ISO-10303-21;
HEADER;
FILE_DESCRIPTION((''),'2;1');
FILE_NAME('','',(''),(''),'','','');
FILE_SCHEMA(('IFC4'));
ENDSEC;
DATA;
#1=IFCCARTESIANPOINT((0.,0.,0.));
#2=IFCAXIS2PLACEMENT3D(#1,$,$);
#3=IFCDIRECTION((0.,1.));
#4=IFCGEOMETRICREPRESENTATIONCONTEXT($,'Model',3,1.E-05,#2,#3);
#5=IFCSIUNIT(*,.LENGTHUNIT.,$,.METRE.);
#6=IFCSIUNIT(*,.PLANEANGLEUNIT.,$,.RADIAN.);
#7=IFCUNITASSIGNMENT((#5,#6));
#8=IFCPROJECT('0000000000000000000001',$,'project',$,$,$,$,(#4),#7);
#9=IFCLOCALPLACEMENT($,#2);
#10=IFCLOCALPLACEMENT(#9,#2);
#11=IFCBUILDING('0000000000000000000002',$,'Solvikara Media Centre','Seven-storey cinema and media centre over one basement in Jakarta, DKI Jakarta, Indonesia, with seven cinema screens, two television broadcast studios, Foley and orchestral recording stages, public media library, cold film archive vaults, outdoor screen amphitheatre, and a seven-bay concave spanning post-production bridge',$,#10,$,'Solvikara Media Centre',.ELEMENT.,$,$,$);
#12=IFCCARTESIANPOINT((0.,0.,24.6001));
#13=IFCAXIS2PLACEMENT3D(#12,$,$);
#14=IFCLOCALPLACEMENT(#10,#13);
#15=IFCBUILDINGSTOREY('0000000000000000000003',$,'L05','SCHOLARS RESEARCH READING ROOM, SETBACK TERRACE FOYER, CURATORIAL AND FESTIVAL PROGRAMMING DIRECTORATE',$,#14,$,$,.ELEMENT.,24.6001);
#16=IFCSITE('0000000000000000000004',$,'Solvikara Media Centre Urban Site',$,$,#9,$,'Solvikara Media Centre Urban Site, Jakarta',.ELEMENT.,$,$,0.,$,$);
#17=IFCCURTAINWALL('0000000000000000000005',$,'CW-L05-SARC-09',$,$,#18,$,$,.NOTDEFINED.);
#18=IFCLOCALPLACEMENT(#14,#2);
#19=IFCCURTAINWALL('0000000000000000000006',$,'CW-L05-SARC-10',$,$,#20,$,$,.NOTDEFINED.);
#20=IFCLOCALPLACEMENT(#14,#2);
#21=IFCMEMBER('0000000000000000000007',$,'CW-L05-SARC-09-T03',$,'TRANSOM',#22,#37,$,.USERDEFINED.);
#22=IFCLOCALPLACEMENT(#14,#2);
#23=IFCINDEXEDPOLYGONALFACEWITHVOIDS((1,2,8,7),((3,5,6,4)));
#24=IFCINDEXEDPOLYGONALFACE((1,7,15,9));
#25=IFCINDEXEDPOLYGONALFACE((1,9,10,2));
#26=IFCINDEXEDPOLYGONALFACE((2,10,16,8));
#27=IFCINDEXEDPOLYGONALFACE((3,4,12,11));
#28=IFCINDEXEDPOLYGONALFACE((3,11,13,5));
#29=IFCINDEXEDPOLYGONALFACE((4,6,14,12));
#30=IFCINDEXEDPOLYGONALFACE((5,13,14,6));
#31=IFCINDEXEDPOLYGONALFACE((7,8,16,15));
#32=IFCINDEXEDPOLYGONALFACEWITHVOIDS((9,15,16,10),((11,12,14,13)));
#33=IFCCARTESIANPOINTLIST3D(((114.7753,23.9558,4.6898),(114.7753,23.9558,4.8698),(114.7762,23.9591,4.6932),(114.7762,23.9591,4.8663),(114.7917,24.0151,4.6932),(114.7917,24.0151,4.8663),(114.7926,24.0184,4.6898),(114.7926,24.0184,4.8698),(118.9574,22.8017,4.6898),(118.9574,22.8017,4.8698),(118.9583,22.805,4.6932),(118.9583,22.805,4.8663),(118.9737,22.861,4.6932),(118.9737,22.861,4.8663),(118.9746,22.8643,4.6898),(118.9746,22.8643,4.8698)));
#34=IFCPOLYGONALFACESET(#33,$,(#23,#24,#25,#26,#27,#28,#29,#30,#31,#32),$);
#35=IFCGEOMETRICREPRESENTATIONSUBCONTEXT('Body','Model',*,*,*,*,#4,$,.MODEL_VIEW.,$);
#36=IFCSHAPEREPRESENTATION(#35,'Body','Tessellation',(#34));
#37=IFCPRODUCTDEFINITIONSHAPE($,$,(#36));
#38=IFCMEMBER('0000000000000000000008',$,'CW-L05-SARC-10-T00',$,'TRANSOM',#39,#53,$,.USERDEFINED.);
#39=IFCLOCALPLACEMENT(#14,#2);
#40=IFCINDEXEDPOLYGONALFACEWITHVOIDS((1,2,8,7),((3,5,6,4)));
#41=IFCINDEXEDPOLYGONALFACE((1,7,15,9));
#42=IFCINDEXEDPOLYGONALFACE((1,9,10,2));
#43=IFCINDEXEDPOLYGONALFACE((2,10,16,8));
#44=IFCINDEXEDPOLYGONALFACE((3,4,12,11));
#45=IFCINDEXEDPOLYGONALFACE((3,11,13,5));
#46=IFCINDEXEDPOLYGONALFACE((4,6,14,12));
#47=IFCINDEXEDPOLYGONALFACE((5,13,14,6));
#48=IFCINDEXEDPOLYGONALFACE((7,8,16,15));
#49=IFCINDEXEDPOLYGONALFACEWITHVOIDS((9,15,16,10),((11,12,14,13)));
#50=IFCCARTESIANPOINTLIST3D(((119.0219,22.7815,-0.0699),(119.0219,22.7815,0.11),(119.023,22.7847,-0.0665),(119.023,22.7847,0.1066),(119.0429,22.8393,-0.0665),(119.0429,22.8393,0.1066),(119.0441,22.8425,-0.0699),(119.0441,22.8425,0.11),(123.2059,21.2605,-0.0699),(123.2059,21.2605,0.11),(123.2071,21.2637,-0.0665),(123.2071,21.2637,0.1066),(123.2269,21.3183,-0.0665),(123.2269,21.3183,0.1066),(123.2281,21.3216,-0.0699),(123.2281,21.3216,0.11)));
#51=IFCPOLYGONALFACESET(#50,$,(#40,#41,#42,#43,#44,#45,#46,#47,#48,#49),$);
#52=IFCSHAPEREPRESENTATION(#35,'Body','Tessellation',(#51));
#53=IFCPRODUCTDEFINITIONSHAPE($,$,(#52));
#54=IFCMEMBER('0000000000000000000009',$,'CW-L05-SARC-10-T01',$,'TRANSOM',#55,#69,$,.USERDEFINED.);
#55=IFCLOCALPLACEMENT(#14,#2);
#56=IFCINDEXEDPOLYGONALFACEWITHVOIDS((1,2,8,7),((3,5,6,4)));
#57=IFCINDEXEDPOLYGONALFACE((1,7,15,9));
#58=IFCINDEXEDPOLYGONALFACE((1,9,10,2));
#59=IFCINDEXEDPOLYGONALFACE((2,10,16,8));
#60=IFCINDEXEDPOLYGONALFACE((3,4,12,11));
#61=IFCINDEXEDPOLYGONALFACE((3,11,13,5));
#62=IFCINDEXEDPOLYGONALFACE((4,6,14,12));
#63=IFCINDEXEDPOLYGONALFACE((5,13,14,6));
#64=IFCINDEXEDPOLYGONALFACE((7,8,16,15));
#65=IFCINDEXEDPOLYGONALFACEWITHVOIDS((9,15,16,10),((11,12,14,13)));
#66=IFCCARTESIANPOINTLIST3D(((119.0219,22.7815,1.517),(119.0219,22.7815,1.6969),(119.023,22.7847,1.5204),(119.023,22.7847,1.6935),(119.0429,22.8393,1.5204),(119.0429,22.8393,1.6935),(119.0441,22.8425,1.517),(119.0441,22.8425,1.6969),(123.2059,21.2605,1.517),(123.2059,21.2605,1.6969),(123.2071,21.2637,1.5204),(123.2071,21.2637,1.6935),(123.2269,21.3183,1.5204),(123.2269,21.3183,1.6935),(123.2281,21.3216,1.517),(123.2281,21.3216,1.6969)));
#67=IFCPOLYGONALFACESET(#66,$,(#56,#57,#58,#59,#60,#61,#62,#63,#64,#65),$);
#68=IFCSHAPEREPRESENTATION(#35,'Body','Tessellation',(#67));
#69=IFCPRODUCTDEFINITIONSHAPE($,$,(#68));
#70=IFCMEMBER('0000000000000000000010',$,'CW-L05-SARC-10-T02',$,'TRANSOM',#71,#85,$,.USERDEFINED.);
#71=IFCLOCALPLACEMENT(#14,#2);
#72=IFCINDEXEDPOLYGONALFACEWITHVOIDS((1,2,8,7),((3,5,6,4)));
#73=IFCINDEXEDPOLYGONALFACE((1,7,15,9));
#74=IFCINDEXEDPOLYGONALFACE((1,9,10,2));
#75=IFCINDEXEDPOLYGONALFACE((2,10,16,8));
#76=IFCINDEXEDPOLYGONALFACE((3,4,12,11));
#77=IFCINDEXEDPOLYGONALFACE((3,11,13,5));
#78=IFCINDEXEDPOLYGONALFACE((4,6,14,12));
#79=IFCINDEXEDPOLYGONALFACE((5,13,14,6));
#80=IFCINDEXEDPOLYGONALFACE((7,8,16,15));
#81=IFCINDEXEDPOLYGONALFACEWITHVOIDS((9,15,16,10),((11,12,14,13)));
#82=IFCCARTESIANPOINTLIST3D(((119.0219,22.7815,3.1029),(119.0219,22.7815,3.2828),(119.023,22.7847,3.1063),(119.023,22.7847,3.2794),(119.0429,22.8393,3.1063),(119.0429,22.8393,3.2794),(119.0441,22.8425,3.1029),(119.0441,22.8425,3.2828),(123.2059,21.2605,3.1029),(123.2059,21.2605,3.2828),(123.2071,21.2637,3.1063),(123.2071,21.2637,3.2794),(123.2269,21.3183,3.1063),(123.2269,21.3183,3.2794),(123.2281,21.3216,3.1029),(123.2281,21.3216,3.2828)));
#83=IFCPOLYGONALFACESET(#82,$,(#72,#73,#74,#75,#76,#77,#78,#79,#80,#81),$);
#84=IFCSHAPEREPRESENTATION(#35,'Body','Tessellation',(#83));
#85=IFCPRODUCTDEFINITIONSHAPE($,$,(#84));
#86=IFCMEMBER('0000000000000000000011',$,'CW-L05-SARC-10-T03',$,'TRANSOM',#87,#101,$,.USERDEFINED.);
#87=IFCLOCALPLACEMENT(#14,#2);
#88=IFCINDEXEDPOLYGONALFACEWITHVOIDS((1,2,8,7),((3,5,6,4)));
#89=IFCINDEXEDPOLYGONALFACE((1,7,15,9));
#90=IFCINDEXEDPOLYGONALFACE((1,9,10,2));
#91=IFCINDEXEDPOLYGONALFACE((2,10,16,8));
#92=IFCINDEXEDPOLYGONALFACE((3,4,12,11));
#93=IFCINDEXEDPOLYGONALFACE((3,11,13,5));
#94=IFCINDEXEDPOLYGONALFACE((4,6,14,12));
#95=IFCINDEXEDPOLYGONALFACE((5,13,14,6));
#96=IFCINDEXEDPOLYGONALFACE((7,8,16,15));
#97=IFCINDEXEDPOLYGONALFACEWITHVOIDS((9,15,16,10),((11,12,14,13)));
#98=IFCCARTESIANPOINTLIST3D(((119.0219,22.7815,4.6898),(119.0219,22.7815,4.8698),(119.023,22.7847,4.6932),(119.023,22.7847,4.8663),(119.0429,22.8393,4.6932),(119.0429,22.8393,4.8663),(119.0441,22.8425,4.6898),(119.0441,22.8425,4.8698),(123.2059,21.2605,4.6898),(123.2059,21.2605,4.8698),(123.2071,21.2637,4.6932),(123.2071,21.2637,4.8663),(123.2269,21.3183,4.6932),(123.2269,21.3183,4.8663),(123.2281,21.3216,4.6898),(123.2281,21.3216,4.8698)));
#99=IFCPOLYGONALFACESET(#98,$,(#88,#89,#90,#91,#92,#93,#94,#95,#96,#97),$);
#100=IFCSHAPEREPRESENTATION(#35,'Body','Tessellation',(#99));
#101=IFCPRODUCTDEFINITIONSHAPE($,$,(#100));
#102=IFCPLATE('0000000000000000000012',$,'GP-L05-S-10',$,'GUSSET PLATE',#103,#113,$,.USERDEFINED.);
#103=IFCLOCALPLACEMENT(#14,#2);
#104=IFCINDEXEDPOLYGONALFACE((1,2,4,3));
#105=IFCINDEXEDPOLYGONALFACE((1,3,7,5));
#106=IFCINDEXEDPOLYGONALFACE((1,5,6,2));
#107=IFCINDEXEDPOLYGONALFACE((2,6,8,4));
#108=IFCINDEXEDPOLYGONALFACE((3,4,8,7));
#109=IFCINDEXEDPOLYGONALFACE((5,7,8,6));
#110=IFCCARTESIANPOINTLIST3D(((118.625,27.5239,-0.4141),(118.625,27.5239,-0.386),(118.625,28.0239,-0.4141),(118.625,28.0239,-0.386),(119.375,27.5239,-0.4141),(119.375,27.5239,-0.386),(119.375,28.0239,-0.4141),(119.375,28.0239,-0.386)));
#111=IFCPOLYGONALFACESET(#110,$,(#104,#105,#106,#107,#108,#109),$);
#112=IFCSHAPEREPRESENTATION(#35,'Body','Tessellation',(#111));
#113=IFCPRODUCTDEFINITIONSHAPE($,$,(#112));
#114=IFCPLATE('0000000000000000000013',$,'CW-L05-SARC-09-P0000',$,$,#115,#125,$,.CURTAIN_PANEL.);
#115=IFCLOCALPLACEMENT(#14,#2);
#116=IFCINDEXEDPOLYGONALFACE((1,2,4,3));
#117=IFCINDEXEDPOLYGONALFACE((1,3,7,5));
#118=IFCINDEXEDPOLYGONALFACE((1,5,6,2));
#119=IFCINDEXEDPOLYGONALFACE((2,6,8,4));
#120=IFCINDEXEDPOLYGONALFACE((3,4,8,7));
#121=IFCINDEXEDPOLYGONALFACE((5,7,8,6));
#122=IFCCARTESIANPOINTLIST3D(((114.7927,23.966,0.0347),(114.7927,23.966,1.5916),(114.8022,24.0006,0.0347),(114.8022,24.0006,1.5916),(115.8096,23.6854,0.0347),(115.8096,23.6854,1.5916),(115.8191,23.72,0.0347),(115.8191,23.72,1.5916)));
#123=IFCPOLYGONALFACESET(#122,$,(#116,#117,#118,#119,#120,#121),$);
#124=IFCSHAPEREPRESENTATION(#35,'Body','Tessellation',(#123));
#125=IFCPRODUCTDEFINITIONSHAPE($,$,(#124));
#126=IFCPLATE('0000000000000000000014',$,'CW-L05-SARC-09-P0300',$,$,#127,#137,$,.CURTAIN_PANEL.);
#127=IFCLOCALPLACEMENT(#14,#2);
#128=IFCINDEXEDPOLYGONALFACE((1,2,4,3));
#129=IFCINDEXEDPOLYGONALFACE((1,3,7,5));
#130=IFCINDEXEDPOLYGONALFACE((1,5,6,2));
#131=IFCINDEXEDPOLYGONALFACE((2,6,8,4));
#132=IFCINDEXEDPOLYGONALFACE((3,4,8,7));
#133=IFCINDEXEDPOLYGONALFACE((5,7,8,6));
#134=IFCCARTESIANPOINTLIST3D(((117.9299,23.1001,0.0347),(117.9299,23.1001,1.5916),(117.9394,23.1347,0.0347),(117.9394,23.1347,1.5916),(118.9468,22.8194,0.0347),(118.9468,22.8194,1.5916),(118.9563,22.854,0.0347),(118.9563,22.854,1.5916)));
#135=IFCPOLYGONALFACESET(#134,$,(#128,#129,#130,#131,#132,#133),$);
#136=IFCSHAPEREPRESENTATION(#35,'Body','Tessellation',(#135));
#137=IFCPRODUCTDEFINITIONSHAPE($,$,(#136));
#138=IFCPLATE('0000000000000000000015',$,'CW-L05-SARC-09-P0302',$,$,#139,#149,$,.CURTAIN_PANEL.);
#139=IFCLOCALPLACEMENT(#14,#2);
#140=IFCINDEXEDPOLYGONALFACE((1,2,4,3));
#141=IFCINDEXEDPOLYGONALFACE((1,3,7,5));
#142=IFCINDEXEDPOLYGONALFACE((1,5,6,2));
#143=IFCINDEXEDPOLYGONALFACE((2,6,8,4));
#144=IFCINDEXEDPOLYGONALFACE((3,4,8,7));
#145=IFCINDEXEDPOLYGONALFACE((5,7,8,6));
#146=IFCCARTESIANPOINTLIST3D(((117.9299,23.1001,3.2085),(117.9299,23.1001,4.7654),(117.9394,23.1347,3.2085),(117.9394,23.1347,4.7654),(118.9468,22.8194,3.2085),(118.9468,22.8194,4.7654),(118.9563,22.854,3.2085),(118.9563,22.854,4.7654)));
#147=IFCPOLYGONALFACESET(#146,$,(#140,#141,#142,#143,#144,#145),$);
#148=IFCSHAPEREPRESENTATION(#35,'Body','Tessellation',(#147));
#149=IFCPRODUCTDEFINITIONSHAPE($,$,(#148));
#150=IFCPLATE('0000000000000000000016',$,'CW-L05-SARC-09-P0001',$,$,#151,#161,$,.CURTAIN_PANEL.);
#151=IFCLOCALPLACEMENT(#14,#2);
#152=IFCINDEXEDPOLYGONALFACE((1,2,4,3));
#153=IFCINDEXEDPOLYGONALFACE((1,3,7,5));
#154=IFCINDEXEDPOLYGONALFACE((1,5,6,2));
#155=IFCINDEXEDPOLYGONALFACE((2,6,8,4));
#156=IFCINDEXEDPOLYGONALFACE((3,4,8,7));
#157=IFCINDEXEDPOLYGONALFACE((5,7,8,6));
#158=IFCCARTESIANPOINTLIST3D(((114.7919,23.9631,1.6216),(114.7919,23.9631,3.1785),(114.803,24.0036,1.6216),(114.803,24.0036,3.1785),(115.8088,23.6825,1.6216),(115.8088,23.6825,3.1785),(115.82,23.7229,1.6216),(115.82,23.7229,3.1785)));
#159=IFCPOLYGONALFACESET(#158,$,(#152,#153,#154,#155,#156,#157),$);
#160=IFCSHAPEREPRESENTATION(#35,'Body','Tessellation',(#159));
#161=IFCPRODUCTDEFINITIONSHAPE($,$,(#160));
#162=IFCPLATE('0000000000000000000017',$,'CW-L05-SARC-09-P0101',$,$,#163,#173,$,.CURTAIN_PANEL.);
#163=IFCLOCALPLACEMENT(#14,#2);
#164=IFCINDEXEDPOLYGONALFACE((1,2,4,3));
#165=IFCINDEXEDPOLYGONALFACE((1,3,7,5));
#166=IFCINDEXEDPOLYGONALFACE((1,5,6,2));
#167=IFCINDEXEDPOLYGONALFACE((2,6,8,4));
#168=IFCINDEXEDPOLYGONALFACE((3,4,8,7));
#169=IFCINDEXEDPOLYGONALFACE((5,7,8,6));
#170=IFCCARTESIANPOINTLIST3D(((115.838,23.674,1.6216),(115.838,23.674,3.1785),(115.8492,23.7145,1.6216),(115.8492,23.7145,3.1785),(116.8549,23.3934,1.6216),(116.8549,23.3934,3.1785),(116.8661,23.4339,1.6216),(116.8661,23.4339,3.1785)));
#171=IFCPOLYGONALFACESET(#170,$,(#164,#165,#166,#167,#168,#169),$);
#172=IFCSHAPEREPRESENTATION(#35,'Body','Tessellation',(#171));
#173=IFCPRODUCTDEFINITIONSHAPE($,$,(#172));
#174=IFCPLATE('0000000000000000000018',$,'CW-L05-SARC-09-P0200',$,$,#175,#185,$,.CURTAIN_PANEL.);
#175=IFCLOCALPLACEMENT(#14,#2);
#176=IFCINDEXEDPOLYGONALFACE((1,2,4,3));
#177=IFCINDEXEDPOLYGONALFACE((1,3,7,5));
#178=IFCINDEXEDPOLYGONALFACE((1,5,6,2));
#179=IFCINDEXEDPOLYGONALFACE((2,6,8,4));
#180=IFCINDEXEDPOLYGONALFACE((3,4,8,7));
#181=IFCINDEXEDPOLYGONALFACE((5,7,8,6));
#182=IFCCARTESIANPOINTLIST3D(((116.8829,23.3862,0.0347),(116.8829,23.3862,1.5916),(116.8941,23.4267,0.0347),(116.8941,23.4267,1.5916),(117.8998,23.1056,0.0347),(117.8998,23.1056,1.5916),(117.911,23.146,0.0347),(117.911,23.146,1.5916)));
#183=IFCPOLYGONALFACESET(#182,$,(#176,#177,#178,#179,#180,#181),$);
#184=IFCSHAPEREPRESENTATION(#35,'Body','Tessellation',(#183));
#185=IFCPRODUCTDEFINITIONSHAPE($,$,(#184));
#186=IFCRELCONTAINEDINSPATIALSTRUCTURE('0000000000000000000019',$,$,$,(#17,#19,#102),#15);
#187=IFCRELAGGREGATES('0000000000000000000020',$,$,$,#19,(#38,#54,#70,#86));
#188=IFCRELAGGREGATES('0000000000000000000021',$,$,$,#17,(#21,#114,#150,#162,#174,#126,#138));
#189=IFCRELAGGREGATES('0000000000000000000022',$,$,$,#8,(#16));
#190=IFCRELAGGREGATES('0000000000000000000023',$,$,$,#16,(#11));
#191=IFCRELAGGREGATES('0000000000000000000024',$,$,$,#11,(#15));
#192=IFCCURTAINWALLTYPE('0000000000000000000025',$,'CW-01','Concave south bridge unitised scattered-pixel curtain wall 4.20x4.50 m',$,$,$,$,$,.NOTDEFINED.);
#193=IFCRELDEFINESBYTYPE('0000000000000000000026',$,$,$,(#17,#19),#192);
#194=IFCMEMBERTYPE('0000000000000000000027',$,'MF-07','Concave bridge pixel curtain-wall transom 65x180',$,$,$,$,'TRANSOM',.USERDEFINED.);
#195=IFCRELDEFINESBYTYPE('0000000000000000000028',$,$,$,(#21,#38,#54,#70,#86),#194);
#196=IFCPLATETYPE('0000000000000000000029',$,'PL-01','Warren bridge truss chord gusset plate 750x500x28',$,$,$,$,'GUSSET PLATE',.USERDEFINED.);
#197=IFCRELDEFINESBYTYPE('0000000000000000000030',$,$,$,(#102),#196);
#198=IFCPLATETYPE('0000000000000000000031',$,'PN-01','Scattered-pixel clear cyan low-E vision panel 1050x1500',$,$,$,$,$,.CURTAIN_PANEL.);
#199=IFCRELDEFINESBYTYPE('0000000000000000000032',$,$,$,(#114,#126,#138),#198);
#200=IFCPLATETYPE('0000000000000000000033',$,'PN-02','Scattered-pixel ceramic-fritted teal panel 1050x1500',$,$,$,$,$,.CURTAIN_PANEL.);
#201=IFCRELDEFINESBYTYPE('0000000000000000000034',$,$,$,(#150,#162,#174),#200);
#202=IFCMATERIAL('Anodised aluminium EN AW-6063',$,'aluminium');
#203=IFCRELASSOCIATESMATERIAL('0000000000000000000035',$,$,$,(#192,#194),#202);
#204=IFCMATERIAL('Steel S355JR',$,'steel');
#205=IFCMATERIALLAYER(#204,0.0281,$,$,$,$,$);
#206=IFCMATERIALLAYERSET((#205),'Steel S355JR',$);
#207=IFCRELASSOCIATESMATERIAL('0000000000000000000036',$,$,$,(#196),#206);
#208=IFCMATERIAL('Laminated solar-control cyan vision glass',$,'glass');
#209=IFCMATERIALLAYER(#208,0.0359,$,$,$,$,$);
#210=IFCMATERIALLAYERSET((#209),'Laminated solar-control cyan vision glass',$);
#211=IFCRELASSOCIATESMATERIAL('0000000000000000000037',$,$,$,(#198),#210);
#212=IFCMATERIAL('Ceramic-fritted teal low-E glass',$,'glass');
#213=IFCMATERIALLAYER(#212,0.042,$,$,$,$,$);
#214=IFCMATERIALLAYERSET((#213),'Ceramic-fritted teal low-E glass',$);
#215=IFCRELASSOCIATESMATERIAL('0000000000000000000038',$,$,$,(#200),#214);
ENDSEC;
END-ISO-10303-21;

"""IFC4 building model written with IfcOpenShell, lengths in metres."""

from ifc_helpers import new_model, si_unit, direction, frame, origin, origin_2d, place, context, subcontext, project, spatial, rectangle, hollow_rectangle, extrude, material, layer, layer_set, material_profile, profile_set, type_object, element, aggregate, save


model = new_model("IFC4")

# Units and contexts
model_context = context("Model", 3, precision=1e-05, world=origin(), true_north=direction((0.0, 1.0)))
body_context = subcontext(model_context, "Body", "Model", "MODEL_VIEW")
ifc_project = project(units=[si_unit("LENGTHUNIT", "METRE"), si_unit("PLANEANGLEUNIT", "RADIAN")], contexts=[model_context])

# Site, building, storey
site_placement = place(None, origin())
site = spatial("IfcSite", under=ifc_project, at=site_placement, Name="Solvikara Media Centre Urban Site", LongName="Solvikara Media Centre Urban Site, Jakarta", CompositionType="ELEMENT", RefElevation=0.0)
building_placement = place(site_placement, origin())
building = spatial("IfcBuilding", under=site, at=building_placement, Name="Solvikara Media Centre", Description="Seven-storey cinema and media centre over one basement in Jakarta, DKI Jakarta, Indonesia, with seven cinema screens, two television broadcast studios, Foley and orchestral recording stages, public media library, cold film archive vaults, outdoor screen amphitheatre, and a seven-bay concave spanning post-production bridge", LongName="Solvikara Media Centre", CompositionType="ELEMENT")
storey_placement = place(building_placement, frame((0.0, 0.0, 24.6001)))
storey = spatial("IfcBuildingStorey", under=building, at=storey_placement, Name="L05", Description="SCHOLARS RESEARCH READING ROOM, SETBACK TERRACE FOYER, CURATORIAL AND FESTIVAL PROGRAMMING DIRECTORATE", CompositionType="ELEMENT", Elevation=24.6001)

# Shared definitions
ifc_material_1 = material(Name="Steel S355JR", Category="steel")

# Curtain wall
ifc_material_2 = material(Name="Anodised aluminium EN AW-6063", Category="aluminium")
curtain_wall_type = type_object("IfcCurtainWallType", Name="CW-01", Description="Concave south bridge unitised scattered-pixel curtain wall 4.20x4.50 m", PredefinedType="NOTDEFINED", material=ifc_material_2)
curtain_wall_1_placement = place(storey_placement, origin())
curtain_wall_1 = element("IfcCurtainWall", 1, at=curtain_wall_1_placement, inside=storey, type_object=curtain_wall_type, Name="CW-L05-SARC-09", PredefinedType="NOTDEFINED")

# Curtain wall
curtain_wall_2_placement = place(storey_placement, origin())
curtain_wall_2 = element("IfcCurtainWall", 2, at=curtain_wall_2_placement, inside=storey, type_object=curtain_wall_type, Name="CW-L05-SARC-10", PredefinedType="NOTDEFINED")

# Members
ifc_material_profile_1 = material_profile(ifc_material_2, hollow_rectangle(XDim=0.0649, YDim=0.1799, WallThickness=0.0034, at=origin_2d()), Name="ALU-T 65x180x3.5")
ifc_profile_set_1 = profile_set([ifc_material_profile_1], Name="Anodised aluminium EN AW-6063")
member_type_1 = type_object("IfcMemberType", Name="MF-07", Description="Concave bridge pixel curtain-wall transom 65x180", ElementType="TRANSOM", PredefinedType="USERDEFINED", material=ifc_profile_set_1)
member_1_placement = place(storey_placement, frame((114.7839, 23.9871, 4.7798), z_axis=(0.963971, -0.266007, 0.0), x_axis=(0.266007, 0.963971, 0.0)))
member_1 = element("IfcMember", 3, at=member_1_placement, type_object=member_type_1, Name="CW-L05-SARC-09-T03", ObjectType="TRANSOM", PredefinedType="USERDEFINED", context=body_context, shape_type="SweptSolid", body=[
    extrude(hollow_rectangle(XDim=0.0649, YDim=0.1799, WallThickness=0.0034, at=origin_2d()), origin(), (0.0, 0.0, 1.0), 4.3384),
])
member_2_placement = place(storey_placement, frame((119.033, 22.812, 0.02), z_axis=(0.939829, -0.341646, 0.0), x_axis=(0.341646, 0.939829, 0.0)))
member_2 = element("IfcMember", 4, at=member_2_placement, type_object=member_type_1, Name="CW-L05-SARC-10-T00", ObjectType="TRANSOM", PredefinedType="USERDEFINED", context=body_context, shape_type="SweptSolid", body=[
    extrude(hollow_rectangle(XDim=0.0649, YDim=0.1799, WallThickness=0.0034, at=origin_2d()), origin(), (0.0, 0.0, 1.0), 4.4519),
])
member_3_placement = place(storey_placement, frame((119.033, 22.812, 1.6069), z_axis=(0.939829, -0.341646, 0.0), x_axis=(0.341646, 0.939829, 0.0)))
member_3 = element("IfcMember", 5, at=member_3_placement, type_object=member_type_1, Name="CW-L05-SARC-10-T01", ObjectType="TRANSOM", PredefinedType="USERDEFINED", context=body_context, shape_type="SweptSolid", body=[
    extrude(hollow_rectangle(XDim=0.0649, YDim=0.1799, WallThickness=0.0034, at=origin_2d()), origin(), (0.0, 0.0, 1.0), 4.4519),
])
member_4_placement = place(storey_placement, frame((119.033, 22.812, 3.1929), z_axis=(0.939829, -0.341646, 0.0), x_axis=(0.341646, 0.939829, 0.0)))
member_4 = element("IfcMember", 6, at=member_4_placement, type_object=member_type_1, Name="CW-L05-SARC-10-T02", ObjectType="TRANSOM", PredefinedType="USERDEFINED", context=body_context, shape_type="SweptSolid", body=[
    extrude(hollow_rectangle(XDim=0.0649, YDim=0.1799, WallThickness=0.0034, at=origin_2d()), origin(), (0.0, 0.0, 1.0), 4.4519),
])
member_5_placement = place(storey_placement, frame((119.033, 22.812, 4.7798), z_axis=(0.939829, -0.341646, 0.0), x_axis=(0.341646, 0.939829, 0.0)))
member_5 = element("IfcMember", 7, at=member_5_placement, type_object=member_type_1, Name="CW-L05-SARC-10-T03", ObjectType="TRANSOM", PredefinedType="USERDEFINED", context=body_context, shape_type="SweptSolid", body=[
    extrude(hollow_rectangle(XDim=0.0649, YDim=0.1799, WallThickness=0.0034, at=origin_2d()), origin(), (0.0, 0.0, 1.0), 4.4519),
])
aggregate(curtain_wall_2, [member_2, member_3, member_4, member_5])

# Plates
ifc_layer_1 = layer(ifc_material_1, 0.0281)
ifc_layer_set_1 = layer_set([ifc_layer_1], Name="Steel S355JR")
plate_type_1 = type_object("IfcPlateType", Name="PL-01", Description="Warren bridge truss chord gusset plate 750x500x28", ElementType="GUSSET PLATE", PredefinedType="USERDEFINED", material=ifc_layer_set_1)
plate_1_placement = place(storey_placement, frame((119.0, 27.7739, -0.4141), z_axis=(0.0, 0.0, 1.0), x_axis=(1.0, 0.0, 0.0)))
element("IfcPlate", 8, at=plate_1_placement, inside=storey, type_object=plate_type_1, Name="GP-L05-S-10", ObjectType="GUSSET PLATE", PredefinedType="USERDEFINED", context=body_context, shape_type="SweptSolid", body=[
    extrude(rectangle(XDim=0.75, YDim=0.5, at=origin_2d()), origin(), (0.0, 0.0, 1.0), 0.0281),
])
ifc_material_3 = material(Name="Laminated solar-control cyan vision glass", Category="glass")
ifc_layer_2 = layer(ifc_material_3, 0.0359)
ifc_layer_set_2 = layer_set([ifc_layer_2], Name="Laminated solar-control cyan vision glass")
plate_type_2 = type_object("IfcPlateType", Name="PN-01", Description="Scattered-pixel clear cyan low-E vision panel 1050x1500", PredefinedType="CURTAIN_PANEL", material=ifc_layer_set_2)
plate_2_placement = place(storey_placement, frame((115.3059, 23.843, 0.0347), z_axis=(0.0, 0.0, 1.0), x_axis=(0.96397, -0.26601, 0.0)))
plate_2 = element("IfcPlate", 9, at=plate_2_placement, type_object=plate_type_2, Name="CW-L05-SARC-09-P0000", PredefinedType="CURTAIN_PANEL", context=body_context, shape_type="SweptSolid", body=[
    extrude(rectangle(XDim=1.0549, YDim=0.0359, at=origin_2d()), origin(), (0.0, 0.0, 1.0), 1.5569),
])
plate_3_placement = place(storey_placement, frame((118.4431, 22.9771, 0.0347), z_axis=(0.0, 0.0, 1.0), x_axis=(0.96397, -0.26601, 0.0)))
plate_3 = element("IfcPlate", 10, at=plate_3_placement, type_object=plate_type_2, Name="CW-L05-SARC-09-P0300", PredefinedType="CURTAIN_PANEL", context=body_context, shape_type="SweptSolid", body=[
    extrude(rectangle(XDim=1.0549, YDim=0.0359, at=origin_2d()), origin(), (0.0, 0.0, 1.0), 1.5569),
])
plate_4_placement = place(storey_placement, frame((118.4431, 22.9771, 3.2085), z_axis=(0.0, 0.0, 1.0), x_axis=(0.96397, -0.26601, 0.0)))
plate_4 = element("IfcPlate", 11, at=plate_4_placement, type_object=plate_type_2, Name="CW-L05-SARC-09-P0302", PredefinedType="CURTAIN_PANEL", context=body_context, shape_type="SweptSolid", body=[
    extrude(rectangle(XDim=1.0549, YDim=0.0359, at=origin_2d()), origin(), (0.0, 0.0, 1.0), 1.5569),
])
ifc_material_4 = material(Name="Ceramic-fritted teal low-E glass", Category="glass")
ifc_layer_3 = layer(ifc_material_4, 0.042)
ifc_layer_set_3 = layer_set([ifc_layer_3], Name="Ceramic-fritted teal low-E glass")
plate_type_3 = type_object("IfcPlateType", Name="PN-02", Description="Scattered-pixel ceramic-fritted teal panel 1050x1500", PredefinedType="CURTAIN_PANEL", material=ifc_layer_set_3)
plate_5_placement = place(storey_placement, frame((115.3059, 23.843, 1.6216), z_axis=(0.0, 0.0, 1.0), x_axis=(0.96397, -0.26601, 0.0)))
plate_5 = element("IfcPlate", 12, at=plate_5_placement, type_object=plate_type_3, Name="CW-L05-SARC-09-P0001", PredefinedType="CURTAIN_PANEL", context=body_context, shape_type="SweptSolid", body=[
    extrude(rectangle(XDim=1.0549, YDim=0.042, at=origin_2d()), origin(), (0.0, 0.0, 1.0), 1.5569),
])
plate_6_placement = place(storey_placement, frame((116.3521, 23.554, 1.6216), z_axis=(0.0, 0.0, 1.0), x_axis=(0.96397, -0.26601, 0.0)))
plate_6 = element("IfcPlate", 13, at=plate_6_placement, type_object=plate_type_3, Name="CW-L05-SARC-09-P0101", PredefinedType="CURTAIN_PANEL", context=body_context, shape_type="SweptSolid", body=[
    extrude(rectangle(XDim=1.0549, YDim=0.042, at=origin_2d()), origin(), (0.0, 0.0, 1.0), 1.5569),
])
plate_7_placement = place(storey_placement, frame((117.397, 23.2661, 0.0347), z_axis=(0.0, 0.0, 1.0), x_axis=(0.96397, -0.26601, 0.0)))
plate_7 = element("IfcPlate", 14, at=plate_7_placement, type_object=plate_type_3, Name="CW-L05-SARC-09-P0200", PredefinedType="CURTAIN_PANEL", context=body_context, shape_type="SweptSolid", body=[
    extrude(rectangle(XDim=1.0549, YDim=0.042, at=origin_2d()), origin(), (0.0, 0.0, 1.0), 1.5569),
])
aggregate(curtain_wall_1, [member_1, plate_2, plate_5, plate_6, plate_7, plate_3, plate_4])

save(model, "model.ifc")
